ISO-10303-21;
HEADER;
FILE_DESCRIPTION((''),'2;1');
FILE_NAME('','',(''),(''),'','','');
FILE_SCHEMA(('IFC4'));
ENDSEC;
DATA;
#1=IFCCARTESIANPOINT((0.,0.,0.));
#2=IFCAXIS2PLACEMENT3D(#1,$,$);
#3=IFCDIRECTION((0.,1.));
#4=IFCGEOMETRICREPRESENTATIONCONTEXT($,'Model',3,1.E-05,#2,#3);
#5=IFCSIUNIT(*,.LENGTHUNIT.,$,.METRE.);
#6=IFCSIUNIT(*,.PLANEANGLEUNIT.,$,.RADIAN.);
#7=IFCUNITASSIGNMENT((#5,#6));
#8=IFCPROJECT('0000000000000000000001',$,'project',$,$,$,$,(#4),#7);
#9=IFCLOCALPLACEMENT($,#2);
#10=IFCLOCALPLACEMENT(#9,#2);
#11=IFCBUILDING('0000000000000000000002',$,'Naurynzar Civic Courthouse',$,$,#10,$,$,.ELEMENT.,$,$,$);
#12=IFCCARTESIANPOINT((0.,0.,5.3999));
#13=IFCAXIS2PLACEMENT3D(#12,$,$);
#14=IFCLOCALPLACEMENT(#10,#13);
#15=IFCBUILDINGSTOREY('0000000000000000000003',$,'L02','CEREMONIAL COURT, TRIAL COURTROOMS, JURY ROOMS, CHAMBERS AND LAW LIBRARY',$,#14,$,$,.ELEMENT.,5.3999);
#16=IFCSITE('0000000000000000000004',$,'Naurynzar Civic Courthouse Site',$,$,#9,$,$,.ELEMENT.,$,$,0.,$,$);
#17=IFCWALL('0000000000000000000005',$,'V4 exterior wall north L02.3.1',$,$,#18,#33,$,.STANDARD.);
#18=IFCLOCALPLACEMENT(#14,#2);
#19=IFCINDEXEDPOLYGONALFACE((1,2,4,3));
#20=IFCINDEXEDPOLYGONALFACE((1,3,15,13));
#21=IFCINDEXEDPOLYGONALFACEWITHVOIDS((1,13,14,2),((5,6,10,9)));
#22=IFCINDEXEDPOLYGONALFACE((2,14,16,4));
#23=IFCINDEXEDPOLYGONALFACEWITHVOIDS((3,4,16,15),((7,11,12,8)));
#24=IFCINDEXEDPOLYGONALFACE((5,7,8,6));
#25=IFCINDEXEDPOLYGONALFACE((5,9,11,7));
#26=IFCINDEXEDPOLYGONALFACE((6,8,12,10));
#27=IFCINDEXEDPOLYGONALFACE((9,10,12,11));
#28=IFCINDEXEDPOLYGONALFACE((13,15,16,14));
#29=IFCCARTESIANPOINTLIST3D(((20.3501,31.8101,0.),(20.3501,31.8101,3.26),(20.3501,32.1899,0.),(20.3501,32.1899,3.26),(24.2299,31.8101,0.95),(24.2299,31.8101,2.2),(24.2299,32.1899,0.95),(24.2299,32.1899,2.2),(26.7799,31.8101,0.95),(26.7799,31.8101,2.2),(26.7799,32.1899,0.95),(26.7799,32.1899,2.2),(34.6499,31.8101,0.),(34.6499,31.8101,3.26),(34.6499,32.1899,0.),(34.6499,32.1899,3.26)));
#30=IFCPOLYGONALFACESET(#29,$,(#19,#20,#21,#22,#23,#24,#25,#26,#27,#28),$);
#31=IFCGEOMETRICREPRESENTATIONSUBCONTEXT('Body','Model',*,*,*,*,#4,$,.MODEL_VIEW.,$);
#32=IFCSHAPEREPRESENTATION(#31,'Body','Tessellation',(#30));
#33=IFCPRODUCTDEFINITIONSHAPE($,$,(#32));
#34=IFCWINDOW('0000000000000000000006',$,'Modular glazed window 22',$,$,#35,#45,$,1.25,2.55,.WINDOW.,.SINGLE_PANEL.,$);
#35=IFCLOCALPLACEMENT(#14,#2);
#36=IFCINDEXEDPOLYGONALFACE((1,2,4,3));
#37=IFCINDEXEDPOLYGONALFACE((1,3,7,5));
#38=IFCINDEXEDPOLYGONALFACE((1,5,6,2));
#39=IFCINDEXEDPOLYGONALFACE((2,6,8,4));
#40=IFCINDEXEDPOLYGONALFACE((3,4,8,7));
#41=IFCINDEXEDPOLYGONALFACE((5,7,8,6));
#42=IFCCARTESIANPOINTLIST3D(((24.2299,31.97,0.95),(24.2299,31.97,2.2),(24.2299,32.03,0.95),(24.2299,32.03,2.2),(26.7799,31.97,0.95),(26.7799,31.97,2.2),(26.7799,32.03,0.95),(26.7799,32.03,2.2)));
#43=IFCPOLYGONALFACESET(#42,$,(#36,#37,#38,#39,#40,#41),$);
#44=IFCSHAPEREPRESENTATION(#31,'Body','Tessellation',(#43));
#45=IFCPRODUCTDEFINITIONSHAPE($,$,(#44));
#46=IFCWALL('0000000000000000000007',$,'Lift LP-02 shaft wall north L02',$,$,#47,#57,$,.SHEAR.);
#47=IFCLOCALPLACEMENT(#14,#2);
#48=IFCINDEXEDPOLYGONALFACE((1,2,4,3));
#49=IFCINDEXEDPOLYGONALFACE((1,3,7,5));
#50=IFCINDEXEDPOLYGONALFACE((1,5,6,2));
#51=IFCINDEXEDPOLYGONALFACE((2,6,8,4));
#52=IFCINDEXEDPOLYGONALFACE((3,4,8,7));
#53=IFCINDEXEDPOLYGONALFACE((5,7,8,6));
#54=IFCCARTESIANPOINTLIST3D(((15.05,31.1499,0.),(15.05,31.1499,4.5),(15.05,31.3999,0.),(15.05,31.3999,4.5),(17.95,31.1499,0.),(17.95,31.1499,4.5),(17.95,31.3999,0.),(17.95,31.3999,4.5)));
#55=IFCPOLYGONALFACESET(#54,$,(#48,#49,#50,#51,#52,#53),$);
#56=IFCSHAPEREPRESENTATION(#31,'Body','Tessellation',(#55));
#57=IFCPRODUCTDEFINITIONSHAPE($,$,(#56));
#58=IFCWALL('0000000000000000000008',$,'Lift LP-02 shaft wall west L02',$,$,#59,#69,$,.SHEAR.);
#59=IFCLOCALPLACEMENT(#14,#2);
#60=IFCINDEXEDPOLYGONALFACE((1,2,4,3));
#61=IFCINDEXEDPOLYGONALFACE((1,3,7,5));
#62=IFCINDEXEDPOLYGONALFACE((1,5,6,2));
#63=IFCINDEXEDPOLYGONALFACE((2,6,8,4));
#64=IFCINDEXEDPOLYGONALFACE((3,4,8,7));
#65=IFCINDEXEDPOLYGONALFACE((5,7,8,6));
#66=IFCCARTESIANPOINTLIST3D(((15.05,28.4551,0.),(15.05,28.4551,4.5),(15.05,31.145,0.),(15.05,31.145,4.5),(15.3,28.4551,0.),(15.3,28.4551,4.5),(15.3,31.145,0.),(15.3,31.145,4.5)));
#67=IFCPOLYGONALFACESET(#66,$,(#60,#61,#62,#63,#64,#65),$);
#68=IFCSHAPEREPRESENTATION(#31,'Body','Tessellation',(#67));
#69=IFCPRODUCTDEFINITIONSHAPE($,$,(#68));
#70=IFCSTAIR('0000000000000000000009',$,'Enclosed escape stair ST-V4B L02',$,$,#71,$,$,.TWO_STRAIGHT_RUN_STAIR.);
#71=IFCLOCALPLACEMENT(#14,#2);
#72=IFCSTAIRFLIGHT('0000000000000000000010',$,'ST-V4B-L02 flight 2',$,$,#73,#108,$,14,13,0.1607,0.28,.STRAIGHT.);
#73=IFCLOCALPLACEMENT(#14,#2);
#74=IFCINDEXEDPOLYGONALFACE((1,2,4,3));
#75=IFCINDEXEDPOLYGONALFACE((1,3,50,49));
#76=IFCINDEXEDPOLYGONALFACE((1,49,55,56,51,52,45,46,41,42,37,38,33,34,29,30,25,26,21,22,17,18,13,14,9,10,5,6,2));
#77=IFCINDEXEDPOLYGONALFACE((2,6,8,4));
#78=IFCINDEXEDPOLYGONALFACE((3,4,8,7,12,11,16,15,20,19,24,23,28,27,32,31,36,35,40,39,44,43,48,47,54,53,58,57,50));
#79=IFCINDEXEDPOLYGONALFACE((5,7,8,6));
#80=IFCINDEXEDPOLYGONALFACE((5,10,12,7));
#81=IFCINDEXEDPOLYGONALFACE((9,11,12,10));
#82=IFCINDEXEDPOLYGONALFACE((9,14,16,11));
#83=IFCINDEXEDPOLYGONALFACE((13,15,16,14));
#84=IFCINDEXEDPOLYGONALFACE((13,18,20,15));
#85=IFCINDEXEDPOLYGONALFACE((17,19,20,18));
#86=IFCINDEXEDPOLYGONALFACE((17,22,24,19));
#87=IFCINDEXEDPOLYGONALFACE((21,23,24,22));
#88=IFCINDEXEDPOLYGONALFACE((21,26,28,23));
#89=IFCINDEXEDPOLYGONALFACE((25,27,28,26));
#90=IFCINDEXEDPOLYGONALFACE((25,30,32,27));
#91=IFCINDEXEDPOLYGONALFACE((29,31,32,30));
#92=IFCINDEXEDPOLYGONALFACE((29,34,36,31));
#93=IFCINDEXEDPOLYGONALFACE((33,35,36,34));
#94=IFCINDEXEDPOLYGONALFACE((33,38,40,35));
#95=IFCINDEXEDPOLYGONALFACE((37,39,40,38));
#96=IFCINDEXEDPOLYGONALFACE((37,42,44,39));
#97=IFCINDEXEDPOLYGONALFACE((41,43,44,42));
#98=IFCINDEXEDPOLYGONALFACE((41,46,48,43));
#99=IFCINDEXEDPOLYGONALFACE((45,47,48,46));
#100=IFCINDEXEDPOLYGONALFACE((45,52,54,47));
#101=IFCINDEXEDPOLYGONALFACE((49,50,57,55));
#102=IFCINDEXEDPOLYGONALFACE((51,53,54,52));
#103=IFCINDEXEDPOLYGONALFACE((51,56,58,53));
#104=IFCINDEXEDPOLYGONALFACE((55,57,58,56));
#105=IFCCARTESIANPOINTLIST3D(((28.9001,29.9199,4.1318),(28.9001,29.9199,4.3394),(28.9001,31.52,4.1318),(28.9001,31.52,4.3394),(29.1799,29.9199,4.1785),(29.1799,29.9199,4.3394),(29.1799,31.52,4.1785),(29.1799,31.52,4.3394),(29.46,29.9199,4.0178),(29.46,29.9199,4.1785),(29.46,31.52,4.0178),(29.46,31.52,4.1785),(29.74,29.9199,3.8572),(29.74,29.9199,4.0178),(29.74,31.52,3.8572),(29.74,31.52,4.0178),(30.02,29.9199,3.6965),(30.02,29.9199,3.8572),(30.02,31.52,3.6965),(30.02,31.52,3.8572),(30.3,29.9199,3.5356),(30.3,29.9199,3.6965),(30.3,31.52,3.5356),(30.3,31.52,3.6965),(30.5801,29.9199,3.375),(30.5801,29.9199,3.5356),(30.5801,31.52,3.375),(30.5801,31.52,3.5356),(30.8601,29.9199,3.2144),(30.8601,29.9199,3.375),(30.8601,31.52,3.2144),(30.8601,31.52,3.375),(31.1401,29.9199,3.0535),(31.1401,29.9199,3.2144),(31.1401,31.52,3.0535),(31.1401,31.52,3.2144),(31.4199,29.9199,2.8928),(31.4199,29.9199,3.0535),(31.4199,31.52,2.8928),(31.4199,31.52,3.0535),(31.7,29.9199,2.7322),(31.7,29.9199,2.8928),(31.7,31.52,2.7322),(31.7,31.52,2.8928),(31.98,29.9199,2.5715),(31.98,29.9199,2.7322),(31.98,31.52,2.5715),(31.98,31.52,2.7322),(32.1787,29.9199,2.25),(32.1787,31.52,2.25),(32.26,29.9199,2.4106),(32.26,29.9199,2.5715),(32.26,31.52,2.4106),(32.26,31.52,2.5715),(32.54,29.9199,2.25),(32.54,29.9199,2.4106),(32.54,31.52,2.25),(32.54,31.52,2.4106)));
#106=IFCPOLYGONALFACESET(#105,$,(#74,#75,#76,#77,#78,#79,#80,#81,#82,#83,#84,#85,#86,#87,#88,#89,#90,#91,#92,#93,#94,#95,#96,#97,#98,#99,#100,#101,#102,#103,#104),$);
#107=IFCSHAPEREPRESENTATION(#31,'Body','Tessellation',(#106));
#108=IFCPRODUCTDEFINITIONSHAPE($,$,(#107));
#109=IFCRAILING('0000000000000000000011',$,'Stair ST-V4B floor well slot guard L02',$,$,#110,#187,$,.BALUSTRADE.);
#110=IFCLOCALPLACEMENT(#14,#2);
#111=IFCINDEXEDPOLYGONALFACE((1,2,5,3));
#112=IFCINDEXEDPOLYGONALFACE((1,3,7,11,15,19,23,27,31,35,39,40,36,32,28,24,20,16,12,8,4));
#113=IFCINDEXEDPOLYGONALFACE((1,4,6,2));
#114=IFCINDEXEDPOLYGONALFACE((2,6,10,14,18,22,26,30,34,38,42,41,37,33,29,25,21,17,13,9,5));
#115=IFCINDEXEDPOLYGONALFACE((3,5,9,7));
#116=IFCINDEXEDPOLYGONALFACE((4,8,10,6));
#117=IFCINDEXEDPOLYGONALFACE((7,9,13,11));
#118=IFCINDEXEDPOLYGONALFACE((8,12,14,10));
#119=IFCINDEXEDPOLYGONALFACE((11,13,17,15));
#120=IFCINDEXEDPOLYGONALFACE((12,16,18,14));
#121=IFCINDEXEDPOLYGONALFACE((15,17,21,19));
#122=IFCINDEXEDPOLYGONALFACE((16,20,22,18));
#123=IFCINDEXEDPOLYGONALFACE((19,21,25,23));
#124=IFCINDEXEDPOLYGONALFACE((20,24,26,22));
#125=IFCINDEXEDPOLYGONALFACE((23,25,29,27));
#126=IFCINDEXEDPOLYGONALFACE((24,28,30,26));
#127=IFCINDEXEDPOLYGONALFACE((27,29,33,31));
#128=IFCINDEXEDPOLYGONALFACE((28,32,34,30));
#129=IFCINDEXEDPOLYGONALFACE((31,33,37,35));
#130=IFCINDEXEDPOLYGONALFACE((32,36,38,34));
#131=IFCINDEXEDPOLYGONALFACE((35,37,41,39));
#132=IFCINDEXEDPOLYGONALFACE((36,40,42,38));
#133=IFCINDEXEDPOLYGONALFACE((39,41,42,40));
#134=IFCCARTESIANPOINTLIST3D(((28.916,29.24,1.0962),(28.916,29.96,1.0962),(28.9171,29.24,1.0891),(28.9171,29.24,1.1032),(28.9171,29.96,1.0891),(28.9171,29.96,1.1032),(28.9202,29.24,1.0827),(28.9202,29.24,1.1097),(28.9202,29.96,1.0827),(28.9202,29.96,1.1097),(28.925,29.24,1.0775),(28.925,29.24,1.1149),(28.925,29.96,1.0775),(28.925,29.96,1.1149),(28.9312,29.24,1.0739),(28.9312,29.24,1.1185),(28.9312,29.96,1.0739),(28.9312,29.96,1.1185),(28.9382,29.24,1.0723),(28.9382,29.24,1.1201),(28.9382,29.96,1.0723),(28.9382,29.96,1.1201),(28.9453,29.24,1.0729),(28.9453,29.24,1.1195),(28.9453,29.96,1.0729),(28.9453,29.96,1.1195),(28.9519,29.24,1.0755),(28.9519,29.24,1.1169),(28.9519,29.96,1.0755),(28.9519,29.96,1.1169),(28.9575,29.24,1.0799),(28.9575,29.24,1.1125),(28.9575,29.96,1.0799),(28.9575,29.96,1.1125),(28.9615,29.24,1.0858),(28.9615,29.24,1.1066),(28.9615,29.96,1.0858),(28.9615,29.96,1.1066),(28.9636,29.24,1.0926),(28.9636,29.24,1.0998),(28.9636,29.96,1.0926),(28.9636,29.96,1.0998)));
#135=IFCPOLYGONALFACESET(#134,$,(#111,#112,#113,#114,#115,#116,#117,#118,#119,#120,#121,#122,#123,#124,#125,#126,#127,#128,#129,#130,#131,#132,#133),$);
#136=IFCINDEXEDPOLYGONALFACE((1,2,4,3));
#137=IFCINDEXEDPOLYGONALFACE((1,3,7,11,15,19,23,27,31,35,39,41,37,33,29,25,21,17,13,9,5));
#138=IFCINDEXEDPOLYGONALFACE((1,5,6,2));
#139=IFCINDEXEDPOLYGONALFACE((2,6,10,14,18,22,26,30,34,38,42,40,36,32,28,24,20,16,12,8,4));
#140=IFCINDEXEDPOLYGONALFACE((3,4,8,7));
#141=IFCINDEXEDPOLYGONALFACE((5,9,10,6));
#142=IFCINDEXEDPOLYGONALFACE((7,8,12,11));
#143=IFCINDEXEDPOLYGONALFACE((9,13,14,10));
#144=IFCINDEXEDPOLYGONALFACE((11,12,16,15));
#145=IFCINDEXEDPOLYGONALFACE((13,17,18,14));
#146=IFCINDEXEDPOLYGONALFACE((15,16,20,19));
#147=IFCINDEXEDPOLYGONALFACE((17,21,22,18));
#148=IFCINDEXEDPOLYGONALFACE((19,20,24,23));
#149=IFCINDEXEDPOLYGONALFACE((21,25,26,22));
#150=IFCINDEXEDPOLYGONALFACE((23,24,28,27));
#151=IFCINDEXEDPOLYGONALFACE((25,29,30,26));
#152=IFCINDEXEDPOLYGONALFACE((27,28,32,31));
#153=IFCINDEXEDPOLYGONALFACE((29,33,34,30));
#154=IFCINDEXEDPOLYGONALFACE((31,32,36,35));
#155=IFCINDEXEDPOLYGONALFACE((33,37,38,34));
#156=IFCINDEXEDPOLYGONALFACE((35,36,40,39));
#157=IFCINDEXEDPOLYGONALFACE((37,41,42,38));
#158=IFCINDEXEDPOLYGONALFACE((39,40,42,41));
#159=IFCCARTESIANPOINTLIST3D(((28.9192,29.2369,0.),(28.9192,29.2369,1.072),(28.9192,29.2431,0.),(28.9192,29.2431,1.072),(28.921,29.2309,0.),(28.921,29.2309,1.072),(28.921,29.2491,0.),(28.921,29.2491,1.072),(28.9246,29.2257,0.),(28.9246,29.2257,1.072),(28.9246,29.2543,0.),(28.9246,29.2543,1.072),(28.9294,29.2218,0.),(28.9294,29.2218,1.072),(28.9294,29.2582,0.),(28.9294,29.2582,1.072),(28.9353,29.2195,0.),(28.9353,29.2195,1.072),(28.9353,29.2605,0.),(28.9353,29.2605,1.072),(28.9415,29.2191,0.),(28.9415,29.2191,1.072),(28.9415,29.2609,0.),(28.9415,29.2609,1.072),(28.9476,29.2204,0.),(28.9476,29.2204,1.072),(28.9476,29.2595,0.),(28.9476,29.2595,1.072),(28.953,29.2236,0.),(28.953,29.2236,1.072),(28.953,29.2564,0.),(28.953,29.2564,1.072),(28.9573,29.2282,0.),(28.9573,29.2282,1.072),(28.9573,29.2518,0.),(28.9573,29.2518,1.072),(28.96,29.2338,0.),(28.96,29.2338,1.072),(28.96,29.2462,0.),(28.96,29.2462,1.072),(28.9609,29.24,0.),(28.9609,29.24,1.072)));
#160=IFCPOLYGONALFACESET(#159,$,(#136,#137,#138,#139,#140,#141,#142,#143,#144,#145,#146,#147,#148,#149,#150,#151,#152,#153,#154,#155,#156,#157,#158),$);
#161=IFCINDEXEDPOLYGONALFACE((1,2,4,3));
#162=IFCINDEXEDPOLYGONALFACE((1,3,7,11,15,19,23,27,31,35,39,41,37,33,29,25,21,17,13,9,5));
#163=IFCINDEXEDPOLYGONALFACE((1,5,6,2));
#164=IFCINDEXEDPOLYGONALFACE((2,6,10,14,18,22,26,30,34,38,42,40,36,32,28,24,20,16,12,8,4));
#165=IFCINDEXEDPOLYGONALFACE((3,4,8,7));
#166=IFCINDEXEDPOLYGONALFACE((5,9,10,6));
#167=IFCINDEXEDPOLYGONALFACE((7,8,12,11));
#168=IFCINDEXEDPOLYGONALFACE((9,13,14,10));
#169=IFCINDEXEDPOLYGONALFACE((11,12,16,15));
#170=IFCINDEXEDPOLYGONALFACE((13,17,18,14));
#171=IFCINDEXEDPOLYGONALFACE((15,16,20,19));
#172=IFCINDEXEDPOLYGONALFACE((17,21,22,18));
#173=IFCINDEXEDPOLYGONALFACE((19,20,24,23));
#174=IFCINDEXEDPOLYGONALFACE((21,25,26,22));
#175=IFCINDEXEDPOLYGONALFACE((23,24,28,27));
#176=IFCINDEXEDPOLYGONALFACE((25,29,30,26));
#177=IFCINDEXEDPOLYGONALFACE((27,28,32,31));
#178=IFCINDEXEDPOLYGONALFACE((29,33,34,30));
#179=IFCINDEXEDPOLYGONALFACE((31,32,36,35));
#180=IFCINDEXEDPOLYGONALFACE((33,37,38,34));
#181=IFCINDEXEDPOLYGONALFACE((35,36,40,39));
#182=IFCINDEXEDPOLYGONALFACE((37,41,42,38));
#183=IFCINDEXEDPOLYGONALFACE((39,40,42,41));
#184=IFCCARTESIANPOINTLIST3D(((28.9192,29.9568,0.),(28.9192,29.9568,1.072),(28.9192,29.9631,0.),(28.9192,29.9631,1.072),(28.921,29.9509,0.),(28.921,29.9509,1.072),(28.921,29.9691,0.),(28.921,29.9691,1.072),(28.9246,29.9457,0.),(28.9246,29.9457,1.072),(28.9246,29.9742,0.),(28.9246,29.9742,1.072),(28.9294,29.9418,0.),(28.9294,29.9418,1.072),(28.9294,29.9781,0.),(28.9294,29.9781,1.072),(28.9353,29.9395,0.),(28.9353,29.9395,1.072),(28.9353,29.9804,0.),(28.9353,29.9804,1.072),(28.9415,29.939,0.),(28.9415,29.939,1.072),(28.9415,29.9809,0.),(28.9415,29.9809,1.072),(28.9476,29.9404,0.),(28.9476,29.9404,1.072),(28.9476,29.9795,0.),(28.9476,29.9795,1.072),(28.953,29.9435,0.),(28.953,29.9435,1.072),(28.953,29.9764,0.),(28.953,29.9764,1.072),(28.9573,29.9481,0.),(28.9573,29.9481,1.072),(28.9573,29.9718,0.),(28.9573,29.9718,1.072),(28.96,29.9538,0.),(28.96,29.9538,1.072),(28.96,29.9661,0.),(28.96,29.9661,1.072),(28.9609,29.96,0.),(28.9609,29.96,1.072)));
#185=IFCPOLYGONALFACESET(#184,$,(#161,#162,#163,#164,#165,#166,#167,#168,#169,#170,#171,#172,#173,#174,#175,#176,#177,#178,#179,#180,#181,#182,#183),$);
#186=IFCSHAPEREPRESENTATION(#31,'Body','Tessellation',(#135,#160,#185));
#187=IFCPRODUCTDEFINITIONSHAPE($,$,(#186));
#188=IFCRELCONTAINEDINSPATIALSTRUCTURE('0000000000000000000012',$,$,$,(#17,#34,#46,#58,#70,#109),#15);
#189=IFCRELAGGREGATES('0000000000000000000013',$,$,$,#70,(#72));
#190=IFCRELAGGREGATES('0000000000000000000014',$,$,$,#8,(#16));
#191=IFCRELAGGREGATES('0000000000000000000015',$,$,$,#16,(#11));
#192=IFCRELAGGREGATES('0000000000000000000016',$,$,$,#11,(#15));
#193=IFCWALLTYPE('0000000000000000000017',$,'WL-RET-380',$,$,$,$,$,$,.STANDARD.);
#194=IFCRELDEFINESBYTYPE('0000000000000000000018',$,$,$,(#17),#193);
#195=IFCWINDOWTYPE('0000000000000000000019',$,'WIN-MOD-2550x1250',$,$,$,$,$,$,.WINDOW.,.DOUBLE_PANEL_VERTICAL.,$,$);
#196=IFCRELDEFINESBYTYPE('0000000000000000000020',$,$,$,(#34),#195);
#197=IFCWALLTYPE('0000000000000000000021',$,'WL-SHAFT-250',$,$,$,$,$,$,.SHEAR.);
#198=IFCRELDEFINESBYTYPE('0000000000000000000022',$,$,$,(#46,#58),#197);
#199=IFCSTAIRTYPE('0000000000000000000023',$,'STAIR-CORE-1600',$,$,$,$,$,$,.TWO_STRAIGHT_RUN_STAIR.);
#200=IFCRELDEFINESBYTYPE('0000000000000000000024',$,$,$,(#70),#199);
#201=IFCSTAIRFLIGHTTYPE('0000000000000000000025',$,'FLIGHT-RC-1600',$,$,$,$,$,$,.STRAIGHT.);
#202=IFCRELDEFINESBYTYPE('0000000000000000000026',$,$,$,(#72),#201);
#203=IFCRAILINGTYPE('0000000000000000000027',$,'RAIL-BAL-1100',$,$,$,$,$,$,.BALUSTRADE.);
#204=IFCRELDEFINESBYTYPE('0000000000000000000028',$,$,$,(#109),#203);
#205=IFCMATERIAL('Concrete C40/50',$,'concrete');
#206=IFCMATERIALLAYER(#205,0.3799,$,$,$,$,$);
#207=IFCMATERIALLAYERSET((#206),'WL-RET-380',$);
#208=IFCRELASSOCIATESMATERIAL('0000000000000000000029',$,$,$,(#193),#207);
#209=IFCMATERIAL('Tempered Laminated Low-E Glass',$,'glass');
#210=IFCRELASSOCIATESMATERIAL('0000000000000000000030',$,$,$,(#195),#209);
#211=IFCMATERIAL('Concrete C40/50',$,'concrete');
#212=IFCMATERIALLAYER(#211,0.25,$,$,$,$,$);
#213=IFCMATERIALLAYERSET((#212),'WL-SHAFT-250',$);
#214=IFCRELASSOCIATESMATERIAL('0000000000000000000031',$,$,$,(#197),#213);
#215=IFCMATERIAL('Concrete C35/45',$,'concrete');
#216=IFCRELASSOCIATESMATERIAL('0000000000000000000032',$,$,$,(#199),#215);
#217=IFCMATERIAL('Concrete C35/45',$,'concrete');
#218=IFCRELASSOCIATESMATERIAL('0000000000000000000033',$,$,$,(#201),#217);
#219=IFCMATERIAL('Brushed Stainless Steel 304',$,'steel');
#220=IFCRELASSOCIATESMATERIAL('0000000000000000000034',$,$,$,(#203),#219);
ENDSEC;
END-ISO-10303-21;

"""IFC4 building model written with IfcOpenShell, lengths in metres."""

from ifc_helpers import new_model, si_unit, direction, frame, frame_2d, origin, origin_2d, place, context, subcontext, project, spatial, polyline, rectangle, circle, outline, extrude, material, layer, layer_set, type_object, element, fill, aggregate, save


model = new_model("IFC4")

# Units and contexts
model_context = context("Model", 3, precision=1e-05, world=origin(), true_north=direction((0.0, 1.0)))
body_context = subcontext(model_context, "Body", "Model", "MODEL_VIEW")
ifc_project = project(units=[si_unit("LENGTHUNIT", "METRE"), si_unit("PLANEANGLEUNIT", "RADIAN")], contexts=[model_context])

# Site, building, storey
site_placement = place(None, origin())
site = spatial("IfcSite", under=ifc_project, at=site_placement, Name="Naurynzar Civic Courthouse Site", CompositionType="ELEMENT", RefElevation=0.0)
building_placement = place(site_placement, origin())
building = spatial("IfcBuilding", under=site, at=building_placement, Name="Naurynzar Civic Courthouse", CompositionType="ELEMENT")
storey_placement = place(building_placement, frame((0.0, 0.0, 5.3999)))
storey = spatial("IfcBuildingStorey", under=building, at=storey_placement, Name="L02", Description="CEREMONIAL COURT, TRIAL COURTROOMS, JURY ROOMS, CHAMBERS AND LAW LIBRARY", CompositionType="ELEMENT", Elevation=5.3999)

# Wall, opening, window
ifc_material_1 = material(Name="Concrete C40/50", Category="concrete")
ifc_layer_1 = layer(ifc_material_1, 0.3799)
ifc_layer_set_1 = layer_set([ifc_layer_1], Name="WL-RET-380")
wall_type_1 = type_object("IfcWallType", Name="WL-RET-380", PredefinedType="STANDARD", material=ifc_layer_set_1)
wall_1_placement = place(storey_placement, frame((20.3501, 32.0, 0.0), z_axis=(0.0, 0.0, 1.0), x_axis=(1.0, 0.0, 0.0)))
wall_1 = element("IfcWall", 1, at=wall_1_placement, inside=storey, type_object=wall_type_1, Name="V4 exterior wall north L02.3.1", PredefinedType="STANDARD", context=body_context, shape_type="SweptSolid", body=[
    extrude(rectangle(XDim=14.2998, YDim=0.3799, at=frame_2d((7.1499, 0.0))), origin(), (0.0, 0.0, 1.0), 3.26),
])
opening_1_placement = place(wall_1_placement, frame((3.8799, 0.0, 0.95)))
opening_1 = element("IfcOpeningElement", 2, at=opening_1_placement, cuts=wall_1, PredefinedType="OPENING", context=body_context, shape_type="SweptSolid", body=[
    extrude(rectangle(XDim=2.55, YDim=1.25, at=frame_2d((1.2749, 0.625))), frame((0.0, 0.2, 0.0), z_axis=(0.0, -1.0, 0.0), x_axis=(1.0, 0.0, 0.0)), (0.0, 0.0, 1.0), 0.3999),
])
ifc_material_2 = material(Name="Tempered Laminated Low-E Glass", Category="glass")
window_type_1 = type_object("IfcWindowType", Name="WIN-MOD-2550x1250", PartitioningType="DOUBLE_PANEL_VERTICAL", PredefinedType="WINDOW", material=ifc_material_2)
window_1_placement = place(opening_1_placement, origin())
window_1 = element("IfcWindow", 3, at=window_1_placement, inside=storey, type_object=window_type_1, Name="Modular glazed window 22", OverallHeight=1.25, OverallWidth=2.55, PartitioningType="SINGLE_PANEL", PredefinedType="WINDOW", context=body_context, shape_type="SweptSolid", body=[
    extrude(rectangle(XDim=2.55, YDim=1.25, at=frame_2d((1.2749, 0.625))), frame((0.0, 0.03, 0.0), z_axis=(0.0, -1.0, 0.0), x_axis=(1.0, 0.0, 0.0)), (0.0, 0.0, 1.0), 0.0601),
])
fill(opening_1, window_1)

# Walls
ifc_material_3 = material(Name="Concrete C40/50", Category="concrete")
ifc_layer_2 = layer(ifc_material_3, 0.25)
ifc_layer_set_2 = layer_set([ifc_layer_2], Name="WL-SHAFT-250")
wall_type_2 = type_object("IfcWallType", Name="WL-SHAFT-250", PredefinedType="SHEAR", material=ifc_layer_set_2)
wall_2_placement = place(storey_placement, frame((17.95, 31.2749, 0.0), z_axis=(0.0, 0.0, 1.0), x_axis=(-1.0, 0.0, 0.0)))
element("IfcWall", 4, at=wall_2_placement, inside=storey, type_object=wall_type_2, Name="Lift LP-02 shaft wall north L02", PredefinedType="SHEAR", context=body_context, shape_type="SweptSolid", body=[
    extrude(rectangle(XDim=2.8999, YDim=0.25, at=frame_2d((1.45, 0.0))), origin(), (0.0, 0.0, 1.0), 4.5),
])
wall_3_placement = place(storey_placement, frame((15.175, 31.145, 0.0), z_axis=(0.0, 0.0, 1.0), x_axis=(0.0, -1.0, 0.0)))
element("IfcWall", 5, at=wall_3_placement, inside=storey, type_object=wall_type_2, Name="Lift LP-02 shaft wall west L02", PredefinedType="SHEAR", context=body_context, shape_type="SweptSolid", body=[
    extrude(rectangle(XDim=2.6899, YDim=0.25, at=frame_2d((1.345, 0.0))), origin(), (0.0, 0.0, 1.0), 4.5),
])

# Stair, stair flight
ifc_material_4 = material(Name="Concrete C35/45", Category="concrete")
stair_type = type_object("IfcStairType", Name="STAIR-CORE-1600", PredefinedType="TWO_STRAIGHT_RUN_STAIR", material=ifc_material_4)
stair_placement = place(storey_placement, origin())
stair = element("IfcStair", 6, at=stair_placement, inside=storey, type_object=stair_type, Name="Enclosed escape stair ST-V4B L02", PredefinedType="TWO_STRAIGHT_RUN_STAIR")
ifc_material_5 = material(Name="Concrete C35/45", Category="concrete")
stair_flight_type = type_object("IfcStairFlightType", Name="FLIGHT-RC-1600", PredefinedType="STRAIGHT", material=ifc_material_5)
stair_flight_placement = place(storey_placement, frame((32.54, 30.72, 2.25), z_axis=(0.0, 0.0, 1.0), x_axis=(-1.0, 0.0, 0.0)))
stair_flight = element("IfcStairFlight", 7, at=stair_flight_placement, type_object=stair_flight_type, Name="ST-V4B-L02 flight 2", NumberOfRisers=14, NumberOfTreads=13, PredefinedType="STRAIGHT", RiserHeight=0.1607, TreadLength=0.28, context=body_context, shape_type="SweptSolid", body=[
    extrude(outline(polyline([(0.0, 0.0), (0.0, 0.1606), (0.28, 0.1606), (0.28, 0.3215), (0.5601, 0.3215), (0.5601, 0.4822), (0.8401, 0.4822), (0.8401, 0.6428), (1.1201, 0.6428), (1.1201, 0.8035), (1.3999, 0.8035), (1.3999, 0.9644), (1.6799, 0.9644), (1.6799, 1.125), (1.96, 1.125), (1.96, 1.2856), (2.24, 1.2856), (2.24, 1.4465), (2.52, 1.4465), (2.52, 1.6072), (2.8, 1.6072), (2.8, 1.7678), (3.0801, 1.7678), (3.0801, 1.9285), (3.3601, 1.9285), (3.3601, 2.0894), (3.6399, 2.0894), (3.6399, 2.25), (3.6399, 1.8818), (0.3613, 0.0), (0.0, 0.0)])), frame((0.0, 0.8, 0.0), z_axis=(0.0, -1.0, 0.0), x_axis=(1.0, 0.0, 0.0)), (0.0, 0.0, 1.0), 1.6001),
])
aggregate(stair, [stair_flight])

# Railing
ifc_material_6 = material(Name="Brushed Stainless Steel 304", Category="steel")
railing_type_1 = type_object("IfcRailingType", Name="RAIL-BAL-1100", PredefinedType="BALUSTRADE", material=ifc_material_6)
for number, where, name in (
    (8, (28.9399, 29.24, 0.0), "Stair ST-V4B floor well slot guard L02"),
):
    element("IfcRailing", number, at=place(storey_placement, frame(where)), inside=storey, type_object=railing_type_1, Name=name, PredefinedType="BALUSTRADE", context=body_context, shape_type="SweptSolid", body=[
        extrude(circle(Radius=0.0239, at=origin_2d()), frame((0.0, 0.0, 1.0962), z_axis=(0.0, 1.0, 0.0), x_axis=(-1.0, 0.0, 0.0)), (0.0, 0.0, 1.0), 0.72),
        extrude(circle(Radius=0.021, at=origin_2d()), origin(), (0.0, 0.0, 1.0), 1.072),
        extrude(circle(Radius=0.021, at=origin_2d()), frame((0.0, 0.72, 0.0)), (0.0, 0.0, 1.0), 1.072),
    ])

save(model, "model.ifc")
